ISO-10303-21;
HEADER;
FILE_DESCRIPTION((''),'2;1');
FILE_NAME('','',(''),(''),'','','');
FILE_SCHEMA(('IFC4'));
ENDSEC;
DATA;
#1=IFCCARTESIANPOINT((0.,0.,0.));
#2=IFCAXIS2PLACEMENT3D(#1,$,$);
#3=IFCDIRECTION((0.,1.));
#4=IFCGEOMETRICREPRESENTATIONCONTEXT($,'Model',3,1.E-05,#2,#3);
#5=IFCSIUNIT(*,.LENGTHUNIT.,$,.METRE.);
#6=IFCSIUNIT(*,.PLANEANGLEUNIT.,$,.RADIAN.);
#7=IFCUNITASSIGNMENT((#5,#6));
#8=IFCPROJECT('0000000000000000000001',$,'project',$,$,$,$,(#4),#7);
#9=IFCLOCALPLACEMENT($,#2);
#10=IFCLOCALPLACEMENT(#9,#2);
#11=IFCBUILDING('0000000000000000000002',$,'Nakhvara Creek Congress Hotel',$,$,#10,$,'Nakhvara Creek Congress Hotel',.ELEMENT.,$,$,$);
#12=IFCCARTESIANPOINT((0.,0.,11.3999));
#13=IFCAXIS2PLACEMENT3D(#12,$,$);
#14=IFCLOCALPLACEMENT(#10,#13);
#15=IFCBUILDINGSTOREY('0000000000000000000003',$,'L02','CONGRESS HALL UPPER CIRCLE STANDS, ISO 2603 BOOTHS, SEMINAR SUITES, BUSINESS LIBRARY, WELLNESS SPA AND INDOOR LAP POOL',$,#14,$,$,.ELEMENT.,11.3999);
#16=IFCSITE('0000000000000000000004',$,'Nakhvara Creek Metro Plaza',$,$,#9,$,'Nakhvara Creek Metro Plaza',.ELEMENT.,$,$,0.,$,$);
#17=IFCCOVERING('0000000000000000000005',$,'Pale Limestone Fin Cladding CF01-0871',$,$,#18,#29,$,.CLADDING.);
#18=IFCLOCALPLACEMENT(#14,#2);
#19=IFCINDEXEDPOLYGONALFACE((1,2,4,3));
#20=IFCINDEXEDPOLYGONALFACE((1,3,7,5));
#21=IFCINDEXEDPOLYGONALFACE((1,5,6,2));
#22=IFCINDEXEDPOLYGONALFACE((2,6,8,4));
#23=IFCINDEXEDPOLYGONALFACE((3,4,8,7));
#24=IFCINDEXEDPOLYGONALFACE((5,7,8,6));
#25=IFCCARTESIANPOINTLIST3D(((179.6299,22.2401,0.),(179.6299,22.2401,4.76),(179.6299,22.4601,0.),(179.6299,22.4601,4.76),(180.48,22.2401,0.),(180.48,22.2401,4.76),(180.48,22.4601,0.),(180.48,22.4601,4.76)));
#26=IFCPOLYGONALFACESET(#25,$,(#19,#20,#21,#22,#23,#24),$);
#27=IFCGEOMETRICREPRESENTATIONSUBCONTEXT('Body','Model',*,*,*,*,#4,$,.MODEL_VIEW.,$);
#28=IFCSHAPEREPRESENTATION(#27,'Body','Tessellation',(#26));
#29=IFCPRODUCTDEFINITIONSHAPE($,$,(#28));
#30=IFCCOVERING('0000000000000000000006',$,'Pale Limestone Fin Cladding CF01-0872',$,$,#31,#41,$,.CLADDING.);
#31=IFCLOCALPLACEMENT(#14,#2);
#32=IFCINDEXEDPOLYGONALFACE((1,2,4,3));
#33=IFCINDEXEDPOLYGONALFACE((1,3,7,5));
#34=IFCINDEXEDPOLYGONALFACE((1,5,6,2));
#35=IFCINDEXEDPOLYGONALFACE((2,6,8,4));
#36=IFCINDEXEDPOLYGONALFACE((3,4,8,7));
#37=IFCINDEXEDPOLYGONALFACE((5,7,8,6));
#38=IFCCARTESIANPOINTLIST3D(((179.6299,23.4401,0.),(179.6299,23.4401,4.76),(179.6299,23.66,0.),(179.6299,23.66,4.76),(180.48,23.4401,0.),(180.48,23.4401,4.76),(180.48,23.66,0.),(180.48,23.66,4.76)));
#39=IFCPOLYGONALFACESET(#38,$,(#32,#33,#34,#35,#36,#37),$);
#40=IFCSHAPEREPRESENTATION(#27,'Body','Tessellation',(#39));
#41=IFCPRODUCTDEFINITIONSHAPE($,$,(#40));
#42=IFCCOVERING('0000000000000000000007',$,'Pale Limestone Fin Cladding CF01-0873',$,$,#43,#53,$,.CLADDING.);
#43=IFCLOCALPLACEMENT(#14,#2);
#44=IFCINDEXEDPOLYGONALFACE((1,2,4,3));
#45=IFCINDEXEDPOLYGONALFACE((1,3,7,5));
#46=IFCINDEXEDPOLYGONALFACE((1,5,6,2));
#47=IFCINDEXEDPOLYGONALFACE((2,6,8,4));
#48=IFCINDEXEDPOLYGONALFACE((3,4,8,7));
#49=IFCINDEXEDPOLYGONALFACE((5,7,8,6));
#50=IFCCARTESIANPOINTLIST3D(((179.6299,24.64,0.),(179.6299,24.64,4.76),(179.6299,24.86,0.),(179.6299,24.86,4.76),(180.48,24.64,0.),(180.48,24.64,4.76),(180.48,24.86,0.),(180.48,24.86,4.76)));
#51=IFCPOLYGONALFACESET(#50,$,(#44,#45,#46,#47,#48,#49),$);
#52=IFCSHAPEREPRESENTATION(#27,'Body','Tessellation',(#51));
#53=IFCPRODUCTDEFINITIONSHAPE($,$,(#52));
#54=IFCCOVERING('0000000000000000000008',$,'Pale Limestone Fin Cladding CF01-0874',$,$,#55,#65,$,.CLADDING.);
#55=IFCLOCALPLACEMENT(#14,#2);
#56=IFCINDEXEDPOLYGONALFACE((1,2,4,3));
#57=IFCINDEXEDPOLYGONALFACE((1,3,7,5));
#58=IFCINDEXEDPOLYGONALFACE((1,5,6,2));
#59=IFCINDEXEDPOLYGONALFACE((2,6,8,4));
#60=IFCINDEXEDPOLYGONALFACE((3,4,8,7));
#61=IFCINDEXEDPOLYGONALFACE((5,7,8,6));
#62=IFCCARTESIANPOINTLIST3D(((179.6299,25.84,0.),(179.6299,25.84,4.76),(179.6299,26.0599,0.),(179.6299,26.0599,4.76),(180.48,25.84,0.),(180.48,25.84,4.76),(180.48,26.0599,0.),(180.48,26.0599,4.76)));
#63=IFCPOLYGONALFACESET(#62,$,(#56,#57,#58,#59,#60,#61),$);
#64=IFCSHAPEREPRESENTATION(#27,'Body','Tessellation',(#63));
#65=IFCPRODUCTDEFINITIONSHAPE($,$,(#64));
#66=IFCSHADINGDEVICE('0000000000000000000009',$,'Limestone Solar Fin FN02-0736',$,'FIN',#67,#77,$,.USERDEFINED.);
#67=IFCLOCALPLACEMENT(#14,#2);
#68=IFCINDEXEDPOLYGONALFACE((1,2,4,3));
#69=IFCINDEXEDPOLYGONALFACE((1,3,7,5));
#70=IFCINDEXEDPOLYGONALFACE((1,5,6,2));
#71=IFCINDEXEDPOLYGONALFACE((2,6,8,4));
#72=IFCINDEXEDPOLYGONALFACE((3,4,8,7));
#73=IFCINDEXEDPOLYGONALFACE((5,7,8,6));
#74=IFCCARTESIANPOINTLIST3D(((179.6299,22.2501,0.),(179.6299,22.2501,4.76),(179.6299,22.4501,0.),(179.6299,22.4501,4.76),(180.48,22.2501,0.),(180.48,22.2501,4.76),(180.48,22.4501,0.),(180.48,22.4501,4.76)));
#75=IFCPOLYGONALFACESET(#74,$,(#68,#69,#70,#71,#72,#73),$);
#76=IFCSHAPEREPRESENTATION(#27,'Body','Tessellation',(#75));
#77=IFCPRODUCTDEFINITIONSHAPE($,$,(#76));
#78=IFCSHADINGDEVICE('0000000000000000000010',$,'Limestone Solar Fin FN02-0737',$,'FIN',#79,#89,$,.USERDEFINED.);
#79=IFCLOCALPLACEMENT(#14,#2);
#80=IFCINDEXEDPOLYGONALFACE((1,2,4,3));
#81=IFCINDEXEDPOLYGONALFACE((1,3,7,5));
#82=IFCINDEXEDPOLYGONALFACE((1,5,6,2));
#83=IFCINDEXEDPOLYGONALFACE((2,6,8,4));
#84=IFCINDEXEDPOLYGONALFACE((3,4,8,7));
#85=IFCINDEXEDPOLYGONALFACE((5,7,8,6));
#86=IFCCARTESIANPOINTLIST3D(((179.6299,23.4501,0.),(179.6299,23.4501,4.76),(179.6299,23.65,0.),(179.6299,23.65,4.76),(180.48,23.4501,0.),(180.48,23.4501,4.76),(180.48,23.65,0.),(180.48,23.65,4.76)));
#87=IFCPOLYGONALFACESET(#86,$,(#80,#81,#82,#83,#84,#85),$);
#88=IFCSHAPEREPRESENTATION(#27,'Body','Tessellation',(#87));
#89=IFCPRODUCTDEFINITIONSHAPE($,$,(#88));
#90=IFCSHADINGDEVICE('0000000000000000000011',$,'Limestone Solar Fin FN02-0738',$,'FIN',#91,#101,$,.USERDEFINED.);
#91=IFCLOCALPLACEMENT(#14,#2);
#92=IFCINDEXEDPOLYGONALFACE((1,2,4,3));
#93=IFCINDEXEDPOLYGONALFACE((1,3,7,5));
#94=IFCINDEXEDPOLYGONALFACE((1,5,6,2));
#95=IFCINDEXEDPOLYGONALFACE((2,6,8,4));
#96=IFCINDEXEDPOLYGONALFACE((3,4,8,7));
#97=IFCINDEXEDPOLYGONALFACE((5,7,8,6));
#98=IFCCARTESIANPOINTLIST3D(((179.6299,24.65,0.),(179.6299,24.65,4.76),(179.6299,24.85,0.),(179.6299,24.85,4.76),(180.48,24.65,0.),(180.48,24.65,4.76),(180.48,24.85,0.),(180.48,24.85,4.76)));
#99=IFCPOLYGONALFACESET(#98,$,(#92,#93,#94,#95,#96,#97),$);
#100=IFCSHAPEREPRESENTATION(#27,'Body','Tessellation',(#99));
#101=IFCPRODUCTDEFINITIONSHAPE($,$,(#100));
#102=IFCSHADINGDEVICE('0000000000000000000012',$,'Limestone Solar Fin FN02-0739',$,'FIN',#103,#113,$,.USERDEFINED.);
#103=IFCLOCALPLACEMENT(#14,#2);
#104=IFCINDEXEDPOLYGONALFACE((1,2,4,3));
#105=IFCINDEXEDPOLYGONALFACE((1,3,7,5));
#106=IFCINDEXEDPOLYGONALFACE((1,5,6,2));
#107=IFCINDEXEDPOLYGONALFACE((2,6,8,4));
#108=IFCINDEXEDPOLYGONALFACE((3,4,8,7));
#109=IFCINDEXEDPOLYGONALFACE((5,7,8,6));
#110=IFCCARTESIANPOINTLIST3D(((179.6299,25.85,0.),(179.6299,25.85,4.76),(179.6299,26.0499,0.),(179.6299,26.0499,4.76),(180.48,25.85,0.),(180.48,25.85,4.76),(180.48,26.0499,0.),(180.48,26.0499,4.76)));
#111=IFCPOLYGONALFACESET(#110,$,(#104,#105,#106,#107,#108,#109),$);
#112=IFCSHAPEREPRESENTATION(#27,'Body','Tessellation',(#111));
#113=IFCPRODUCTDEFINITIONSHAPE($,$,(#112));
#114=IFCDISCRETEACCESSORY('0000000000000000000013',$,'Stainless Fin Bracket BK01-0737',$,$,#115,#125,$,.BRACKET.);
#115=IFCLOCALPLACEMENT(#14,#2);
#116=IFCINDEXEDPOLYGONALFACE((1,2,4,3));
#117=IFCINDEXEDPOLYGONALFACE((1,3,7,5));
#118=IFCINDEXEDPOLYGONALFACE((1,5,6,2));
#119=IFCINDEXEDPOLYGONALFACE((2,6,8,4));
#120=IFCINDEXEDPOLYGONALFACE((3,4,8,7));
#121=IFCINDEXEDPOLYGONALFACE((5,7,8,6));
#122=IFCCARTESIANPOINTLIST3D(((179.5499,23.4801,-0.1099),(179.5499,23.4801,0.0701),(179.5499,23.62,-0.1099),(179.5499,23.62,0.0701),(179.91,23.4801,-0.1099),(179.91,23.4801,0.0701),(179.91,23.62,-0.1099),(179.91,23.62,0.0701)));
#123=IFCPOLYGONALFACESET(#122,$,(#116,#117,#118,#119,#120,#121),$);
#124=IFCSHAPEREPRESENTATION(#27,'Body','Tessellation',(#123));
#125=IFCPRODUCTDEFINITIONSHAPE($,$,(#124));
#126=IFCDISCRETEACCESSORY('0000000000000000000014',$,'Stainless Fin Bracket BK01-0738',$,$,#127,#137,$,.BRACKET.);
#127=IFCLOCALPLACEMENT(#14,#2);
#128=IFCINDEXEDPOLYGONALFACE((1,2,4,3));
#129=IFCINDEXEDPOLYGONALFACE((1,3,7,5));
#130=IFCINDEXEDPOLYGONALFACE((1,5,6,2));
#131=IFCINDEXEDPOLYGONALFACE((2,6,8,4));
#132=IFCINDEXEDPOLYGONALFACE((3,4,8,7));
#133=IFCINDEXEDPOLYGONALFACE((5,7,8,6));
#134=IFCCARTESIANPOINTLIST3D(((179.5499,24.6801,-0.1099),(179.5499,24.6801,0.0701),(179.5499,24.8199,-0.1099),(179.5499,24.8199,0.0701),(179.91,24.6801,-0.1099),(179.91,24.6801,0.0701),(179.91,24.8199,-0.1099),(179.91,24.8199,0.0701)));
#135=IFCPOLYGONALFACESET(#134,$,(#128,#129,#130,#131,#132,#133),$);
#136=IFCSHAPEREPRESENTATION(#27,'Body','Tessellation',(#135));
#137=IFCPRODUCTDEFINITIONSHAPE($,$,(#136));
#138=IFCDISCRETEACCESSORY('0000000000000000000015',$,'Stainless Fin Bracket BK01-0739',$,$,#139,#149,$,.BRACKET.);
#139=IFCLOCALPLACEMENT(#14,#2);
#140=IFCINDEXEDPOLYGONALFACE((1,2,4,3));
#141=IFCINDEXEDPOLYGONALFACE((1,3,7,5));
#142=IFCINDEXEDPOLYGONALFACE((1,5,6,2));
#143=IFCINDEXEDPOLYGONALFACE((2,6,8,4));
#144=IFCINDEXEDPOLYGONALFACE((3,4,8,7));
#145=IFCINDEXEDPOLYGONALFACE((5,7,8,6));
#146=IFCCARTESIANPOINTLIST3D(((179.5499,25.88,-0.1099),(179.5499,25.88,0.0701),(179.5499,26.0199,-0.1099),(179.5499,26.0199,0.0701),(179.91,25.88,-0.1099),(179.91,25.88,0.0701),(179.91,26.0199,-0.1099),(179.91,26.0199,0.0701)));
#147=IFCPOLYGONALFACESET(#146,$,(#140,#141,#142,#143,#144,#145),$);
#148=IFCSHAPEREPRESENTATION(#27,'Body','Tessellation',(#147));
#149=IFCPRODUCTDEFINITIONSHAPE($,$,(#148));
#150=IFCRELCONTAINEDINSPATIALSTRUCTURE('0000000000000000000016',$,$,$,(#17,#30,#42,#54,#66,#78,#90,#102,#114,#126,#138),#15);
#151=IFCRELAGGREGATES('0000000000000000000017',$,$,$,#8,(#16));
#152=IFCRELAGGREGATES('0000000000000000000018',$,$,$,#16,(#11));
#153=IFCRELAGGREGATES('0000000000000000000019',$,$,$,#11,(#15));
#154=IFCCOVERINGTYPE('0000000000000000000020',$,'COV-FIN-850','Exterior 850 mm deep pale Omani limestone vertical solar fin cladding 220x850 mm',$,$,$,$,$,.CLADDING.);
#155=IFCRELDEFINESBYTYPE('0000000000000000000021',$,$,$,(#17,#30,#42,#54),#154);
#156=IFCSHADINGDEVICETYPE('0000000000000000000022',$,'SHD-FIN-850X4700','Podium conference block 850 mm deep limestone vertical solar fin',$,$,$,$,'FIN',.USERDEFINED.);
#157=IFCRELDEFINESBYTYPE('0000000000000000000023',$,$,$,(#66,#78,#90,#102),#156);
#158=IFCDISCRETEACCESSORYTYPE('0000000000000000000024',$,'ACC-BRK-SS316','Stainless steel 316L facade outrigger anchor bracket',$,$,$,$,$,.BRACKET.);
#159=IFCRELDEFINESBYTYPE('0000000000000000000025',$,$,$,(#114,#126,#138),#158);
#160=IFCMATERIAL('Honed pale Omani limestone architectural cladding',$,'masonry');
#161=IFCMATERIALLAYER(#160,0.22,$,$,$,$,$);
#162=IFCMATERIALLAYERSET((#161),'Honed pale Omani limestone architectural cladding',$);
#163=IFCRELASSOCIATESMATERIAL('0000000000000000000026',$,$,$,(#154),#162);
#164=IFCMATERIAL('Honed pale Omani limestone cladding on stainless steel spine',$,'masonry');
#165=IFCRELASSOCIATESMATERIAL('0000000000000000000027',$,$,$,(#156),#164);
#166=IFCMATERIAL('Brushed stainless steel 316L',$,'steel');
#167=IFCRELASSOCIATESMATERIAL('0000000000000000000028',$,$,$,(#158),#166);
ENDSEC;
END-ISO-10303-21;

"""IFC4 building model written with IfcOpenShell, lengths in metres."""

from ifc_helpers import new_model, si_unit, direction, frame, origin, origin_2d, place, context, subcontext, project, spatial, rectangle, extrude, material, layer, layer_set, type_object, element, save


model = new_model("IFC4")

# Units and contexts
model_context = context("Model", 3, precision=1e-05, world=origin(), true_north=direction((0.0, 1.0)))
body_context = subcontext(model_context, "Body", "Model", "MODEL_VIEW")
ifc_project = project(units=[si_unit("LENGTHUNIT", "METRE"), si_unit("PLANEANGLEUNIT", "RADIAN")], contexts=[model_context])

# Site, building, storey
site_placement = place(None, origin())
site = spatial("IfcSite", under=ifc_project, at=site_placement, Name="Nakhvara Creek Metro Plaza", LongName="Nakhvara Creek Metro Plaza", CompositionType="ELEMENT", RefElevation=0.0)
building_placement = place(site_placement, origin())
building = spatial("IfcBuilding", under=site, at=building_placement, Name="Nakhvara Creek Congress Hotel", LongName="Nakhvara Creek Congress Hotel", CompositionType="ELEMENT")
storey_placement = place(building_placement, frame((0.0, 0.0, 11.3999)))
storey = spatial("IfcBuildingStorey", under=building, at=storey_placement, Name="L02", Description="CONGRESS HALL UPPER CIRCLE STANDS, ISO 2603 BOOTHS, SEMINAR SUITES, BUSINESS LIBRARY, WELLNESS SPA AND INDOOR LAP POOL", CompositionType="ELEMENT", Elevation=11.3999)

# Coverings
ifc_material_1 = material(Name="Honed pale Omani limestone architectural cladding", Category="masonry")
ifc_layer_1 = layer(ifc_material_1, 0.22)
ifc_layer_set_1 = layer_set([ifc_layer_1], Name="Honed pale Omani limestone architectural cladding")
covering_type = type_object("IfcCoveringType", Name="COV-FIN-850", Description="Exterior 850 mm deep pale Omani limestone vertical solar fin cladding 220x850 mm", PredefinedType="CLADDING", material=ifc_layer_set_1)
for number, where, z_axis, x_axis, name in (
    (1, (180.0549, 22.3501, 0.0), (0.0, 0.0, 1.0), (0.0, 1.0, 0.0), "Pale Limestone Fin Cladding CF01-0871"),
    (2, (180.0549, 23.55, 0.0), (0.0, 0.0, 1.0), (0.0, 1.0, 0.0), "Pale Limestone Fin Cladding CF01-0872"),
    (3, (180.0549, 24.75, 0.0), (0.0, 0.0, 1.0), (0.0, 1.0, 0.0), "Pale Limestone Fin Cladding CF01-0873"),
    (4, (180.0549, 25.95, 0.0), (0.0, 0.0, 1.0), (0.0, 1.0, 0.0), "Pale Limestone Fin Cladding CF01-0874"),
):
    element("IfcCovering", number, at=place(storey_placement, frame(where, z_axis=z_axis, x_axis=x_axis)), inside=storey, type_object=covering_type, Name=name, PredefinedType="CLADDING", context=body_context, shape_type="SweptSolid", body=[
        extrude(rectangle(XDim=0.22, YDim=0.8501, at=origin_2d()), origin(), (0.0, 0.0, 1.0), 4.76),
    ])

# Shading devices
ifc_material_2 = material(Name="Honed pale Omani limestone cladding on stainless steel spine", Category="masonry")
shading_device_type = type_object("IfcShadingDeviceType", Name="SHD-FIN-850X4700", Description="Podium conference block 850 mm deep limestone vertical solar fin", ElementType="FIN", PredefinedType="USERDEFINED", material=ifc_material_2)
for number, where, z_axis, x_axis, name in (
    (5, (180.0549, 22.3501, 0.0), (0.0, 0.0, 1.0), (0.0, 1.0, 0.0), "Limestone Solar Fin FN02-0736"),
    (6, (180.0549, 23.55, 0.0), (0.0, 0.0, 1.0), (0.0, 1.0, 0.0), "Limestone Solar Fin FN02-0737"),
    (7, (180.0549, 24.75, 0.0), (0.0, 0.0, 1.0), (0.0, 1.0, 0.0), "Limestone Solar Fin FN02-0738"),
    (8, (180.0549, 25.95, 0.0), (0.0, 0.0, 1.0), (0.0, 1.0, 0.0), "Limestone Solar Fin FN02-0739"),
):
    element("IfcShadingDevice", number, at=place(storey_placement, frame(where, z_axis=z_axis, x_axis=x_axis)), inside=storey, type_object=shading_device_type, Name=name, ObjectType="FIN", PredefinedType="USERDEFINED", context=body_context, shape_type="SweptSolid", body=[
        extrude(rectangle(XDim=0.2, YDim=0.8501, at=origin_2d()), origin(), (0.0, 0.0, 1.0), 4.76),
    ])

# Discrete accessories
ifc_material_3 = material(Name="Brushed stainless steel 316L", Category="steel")
discrete_accessory_type = type_object("IfcDiscreteAccessoryType", Name="ACC-BRK-SS316", Description="Stainless steel 316L facade outrigger anchor bracket", PredefinedType="BRACKET", material=ifc_material_3)
for number, where, z_axis, x_axis, name in (
    (9, (179.73, 23.55, -0.1099), (0.0, 0.0, 1.0), (0.0, 1.0, 0.0), "Stainless Fin Bracket BK01-0737"),
    (10, (179.73, 24.75, -0.1099), (0.0, 0.0, 1.0), (0.0, 1.0, 0.0), "Stainless Fin Bracket BK01-0738"),
    (11, (179.73, 25.95, -0.1099), (0.0, 0.0, 1.0), (0.0, 1.0, 0.0), "Stainless Fin Bracket BK01-0739"),
):
    element("IfcDiscreteAccessory", number, at=place(storey_placement, frame(where, z_axis=z_axis, x_axis=x_axis)), inside=storey, type_object=discrete_accessory_type, Name=name, PredefinedType="BRACKET", context=body_context, shape_type="SweptSolid", body=[
        extrude(rectangle(XDim=0.1399, YDim=0.3601, at=origin_2d()), origin(), (0.0, 0.0, 1.0), 0.1799),
    ])

save(model, "model.ifc")
